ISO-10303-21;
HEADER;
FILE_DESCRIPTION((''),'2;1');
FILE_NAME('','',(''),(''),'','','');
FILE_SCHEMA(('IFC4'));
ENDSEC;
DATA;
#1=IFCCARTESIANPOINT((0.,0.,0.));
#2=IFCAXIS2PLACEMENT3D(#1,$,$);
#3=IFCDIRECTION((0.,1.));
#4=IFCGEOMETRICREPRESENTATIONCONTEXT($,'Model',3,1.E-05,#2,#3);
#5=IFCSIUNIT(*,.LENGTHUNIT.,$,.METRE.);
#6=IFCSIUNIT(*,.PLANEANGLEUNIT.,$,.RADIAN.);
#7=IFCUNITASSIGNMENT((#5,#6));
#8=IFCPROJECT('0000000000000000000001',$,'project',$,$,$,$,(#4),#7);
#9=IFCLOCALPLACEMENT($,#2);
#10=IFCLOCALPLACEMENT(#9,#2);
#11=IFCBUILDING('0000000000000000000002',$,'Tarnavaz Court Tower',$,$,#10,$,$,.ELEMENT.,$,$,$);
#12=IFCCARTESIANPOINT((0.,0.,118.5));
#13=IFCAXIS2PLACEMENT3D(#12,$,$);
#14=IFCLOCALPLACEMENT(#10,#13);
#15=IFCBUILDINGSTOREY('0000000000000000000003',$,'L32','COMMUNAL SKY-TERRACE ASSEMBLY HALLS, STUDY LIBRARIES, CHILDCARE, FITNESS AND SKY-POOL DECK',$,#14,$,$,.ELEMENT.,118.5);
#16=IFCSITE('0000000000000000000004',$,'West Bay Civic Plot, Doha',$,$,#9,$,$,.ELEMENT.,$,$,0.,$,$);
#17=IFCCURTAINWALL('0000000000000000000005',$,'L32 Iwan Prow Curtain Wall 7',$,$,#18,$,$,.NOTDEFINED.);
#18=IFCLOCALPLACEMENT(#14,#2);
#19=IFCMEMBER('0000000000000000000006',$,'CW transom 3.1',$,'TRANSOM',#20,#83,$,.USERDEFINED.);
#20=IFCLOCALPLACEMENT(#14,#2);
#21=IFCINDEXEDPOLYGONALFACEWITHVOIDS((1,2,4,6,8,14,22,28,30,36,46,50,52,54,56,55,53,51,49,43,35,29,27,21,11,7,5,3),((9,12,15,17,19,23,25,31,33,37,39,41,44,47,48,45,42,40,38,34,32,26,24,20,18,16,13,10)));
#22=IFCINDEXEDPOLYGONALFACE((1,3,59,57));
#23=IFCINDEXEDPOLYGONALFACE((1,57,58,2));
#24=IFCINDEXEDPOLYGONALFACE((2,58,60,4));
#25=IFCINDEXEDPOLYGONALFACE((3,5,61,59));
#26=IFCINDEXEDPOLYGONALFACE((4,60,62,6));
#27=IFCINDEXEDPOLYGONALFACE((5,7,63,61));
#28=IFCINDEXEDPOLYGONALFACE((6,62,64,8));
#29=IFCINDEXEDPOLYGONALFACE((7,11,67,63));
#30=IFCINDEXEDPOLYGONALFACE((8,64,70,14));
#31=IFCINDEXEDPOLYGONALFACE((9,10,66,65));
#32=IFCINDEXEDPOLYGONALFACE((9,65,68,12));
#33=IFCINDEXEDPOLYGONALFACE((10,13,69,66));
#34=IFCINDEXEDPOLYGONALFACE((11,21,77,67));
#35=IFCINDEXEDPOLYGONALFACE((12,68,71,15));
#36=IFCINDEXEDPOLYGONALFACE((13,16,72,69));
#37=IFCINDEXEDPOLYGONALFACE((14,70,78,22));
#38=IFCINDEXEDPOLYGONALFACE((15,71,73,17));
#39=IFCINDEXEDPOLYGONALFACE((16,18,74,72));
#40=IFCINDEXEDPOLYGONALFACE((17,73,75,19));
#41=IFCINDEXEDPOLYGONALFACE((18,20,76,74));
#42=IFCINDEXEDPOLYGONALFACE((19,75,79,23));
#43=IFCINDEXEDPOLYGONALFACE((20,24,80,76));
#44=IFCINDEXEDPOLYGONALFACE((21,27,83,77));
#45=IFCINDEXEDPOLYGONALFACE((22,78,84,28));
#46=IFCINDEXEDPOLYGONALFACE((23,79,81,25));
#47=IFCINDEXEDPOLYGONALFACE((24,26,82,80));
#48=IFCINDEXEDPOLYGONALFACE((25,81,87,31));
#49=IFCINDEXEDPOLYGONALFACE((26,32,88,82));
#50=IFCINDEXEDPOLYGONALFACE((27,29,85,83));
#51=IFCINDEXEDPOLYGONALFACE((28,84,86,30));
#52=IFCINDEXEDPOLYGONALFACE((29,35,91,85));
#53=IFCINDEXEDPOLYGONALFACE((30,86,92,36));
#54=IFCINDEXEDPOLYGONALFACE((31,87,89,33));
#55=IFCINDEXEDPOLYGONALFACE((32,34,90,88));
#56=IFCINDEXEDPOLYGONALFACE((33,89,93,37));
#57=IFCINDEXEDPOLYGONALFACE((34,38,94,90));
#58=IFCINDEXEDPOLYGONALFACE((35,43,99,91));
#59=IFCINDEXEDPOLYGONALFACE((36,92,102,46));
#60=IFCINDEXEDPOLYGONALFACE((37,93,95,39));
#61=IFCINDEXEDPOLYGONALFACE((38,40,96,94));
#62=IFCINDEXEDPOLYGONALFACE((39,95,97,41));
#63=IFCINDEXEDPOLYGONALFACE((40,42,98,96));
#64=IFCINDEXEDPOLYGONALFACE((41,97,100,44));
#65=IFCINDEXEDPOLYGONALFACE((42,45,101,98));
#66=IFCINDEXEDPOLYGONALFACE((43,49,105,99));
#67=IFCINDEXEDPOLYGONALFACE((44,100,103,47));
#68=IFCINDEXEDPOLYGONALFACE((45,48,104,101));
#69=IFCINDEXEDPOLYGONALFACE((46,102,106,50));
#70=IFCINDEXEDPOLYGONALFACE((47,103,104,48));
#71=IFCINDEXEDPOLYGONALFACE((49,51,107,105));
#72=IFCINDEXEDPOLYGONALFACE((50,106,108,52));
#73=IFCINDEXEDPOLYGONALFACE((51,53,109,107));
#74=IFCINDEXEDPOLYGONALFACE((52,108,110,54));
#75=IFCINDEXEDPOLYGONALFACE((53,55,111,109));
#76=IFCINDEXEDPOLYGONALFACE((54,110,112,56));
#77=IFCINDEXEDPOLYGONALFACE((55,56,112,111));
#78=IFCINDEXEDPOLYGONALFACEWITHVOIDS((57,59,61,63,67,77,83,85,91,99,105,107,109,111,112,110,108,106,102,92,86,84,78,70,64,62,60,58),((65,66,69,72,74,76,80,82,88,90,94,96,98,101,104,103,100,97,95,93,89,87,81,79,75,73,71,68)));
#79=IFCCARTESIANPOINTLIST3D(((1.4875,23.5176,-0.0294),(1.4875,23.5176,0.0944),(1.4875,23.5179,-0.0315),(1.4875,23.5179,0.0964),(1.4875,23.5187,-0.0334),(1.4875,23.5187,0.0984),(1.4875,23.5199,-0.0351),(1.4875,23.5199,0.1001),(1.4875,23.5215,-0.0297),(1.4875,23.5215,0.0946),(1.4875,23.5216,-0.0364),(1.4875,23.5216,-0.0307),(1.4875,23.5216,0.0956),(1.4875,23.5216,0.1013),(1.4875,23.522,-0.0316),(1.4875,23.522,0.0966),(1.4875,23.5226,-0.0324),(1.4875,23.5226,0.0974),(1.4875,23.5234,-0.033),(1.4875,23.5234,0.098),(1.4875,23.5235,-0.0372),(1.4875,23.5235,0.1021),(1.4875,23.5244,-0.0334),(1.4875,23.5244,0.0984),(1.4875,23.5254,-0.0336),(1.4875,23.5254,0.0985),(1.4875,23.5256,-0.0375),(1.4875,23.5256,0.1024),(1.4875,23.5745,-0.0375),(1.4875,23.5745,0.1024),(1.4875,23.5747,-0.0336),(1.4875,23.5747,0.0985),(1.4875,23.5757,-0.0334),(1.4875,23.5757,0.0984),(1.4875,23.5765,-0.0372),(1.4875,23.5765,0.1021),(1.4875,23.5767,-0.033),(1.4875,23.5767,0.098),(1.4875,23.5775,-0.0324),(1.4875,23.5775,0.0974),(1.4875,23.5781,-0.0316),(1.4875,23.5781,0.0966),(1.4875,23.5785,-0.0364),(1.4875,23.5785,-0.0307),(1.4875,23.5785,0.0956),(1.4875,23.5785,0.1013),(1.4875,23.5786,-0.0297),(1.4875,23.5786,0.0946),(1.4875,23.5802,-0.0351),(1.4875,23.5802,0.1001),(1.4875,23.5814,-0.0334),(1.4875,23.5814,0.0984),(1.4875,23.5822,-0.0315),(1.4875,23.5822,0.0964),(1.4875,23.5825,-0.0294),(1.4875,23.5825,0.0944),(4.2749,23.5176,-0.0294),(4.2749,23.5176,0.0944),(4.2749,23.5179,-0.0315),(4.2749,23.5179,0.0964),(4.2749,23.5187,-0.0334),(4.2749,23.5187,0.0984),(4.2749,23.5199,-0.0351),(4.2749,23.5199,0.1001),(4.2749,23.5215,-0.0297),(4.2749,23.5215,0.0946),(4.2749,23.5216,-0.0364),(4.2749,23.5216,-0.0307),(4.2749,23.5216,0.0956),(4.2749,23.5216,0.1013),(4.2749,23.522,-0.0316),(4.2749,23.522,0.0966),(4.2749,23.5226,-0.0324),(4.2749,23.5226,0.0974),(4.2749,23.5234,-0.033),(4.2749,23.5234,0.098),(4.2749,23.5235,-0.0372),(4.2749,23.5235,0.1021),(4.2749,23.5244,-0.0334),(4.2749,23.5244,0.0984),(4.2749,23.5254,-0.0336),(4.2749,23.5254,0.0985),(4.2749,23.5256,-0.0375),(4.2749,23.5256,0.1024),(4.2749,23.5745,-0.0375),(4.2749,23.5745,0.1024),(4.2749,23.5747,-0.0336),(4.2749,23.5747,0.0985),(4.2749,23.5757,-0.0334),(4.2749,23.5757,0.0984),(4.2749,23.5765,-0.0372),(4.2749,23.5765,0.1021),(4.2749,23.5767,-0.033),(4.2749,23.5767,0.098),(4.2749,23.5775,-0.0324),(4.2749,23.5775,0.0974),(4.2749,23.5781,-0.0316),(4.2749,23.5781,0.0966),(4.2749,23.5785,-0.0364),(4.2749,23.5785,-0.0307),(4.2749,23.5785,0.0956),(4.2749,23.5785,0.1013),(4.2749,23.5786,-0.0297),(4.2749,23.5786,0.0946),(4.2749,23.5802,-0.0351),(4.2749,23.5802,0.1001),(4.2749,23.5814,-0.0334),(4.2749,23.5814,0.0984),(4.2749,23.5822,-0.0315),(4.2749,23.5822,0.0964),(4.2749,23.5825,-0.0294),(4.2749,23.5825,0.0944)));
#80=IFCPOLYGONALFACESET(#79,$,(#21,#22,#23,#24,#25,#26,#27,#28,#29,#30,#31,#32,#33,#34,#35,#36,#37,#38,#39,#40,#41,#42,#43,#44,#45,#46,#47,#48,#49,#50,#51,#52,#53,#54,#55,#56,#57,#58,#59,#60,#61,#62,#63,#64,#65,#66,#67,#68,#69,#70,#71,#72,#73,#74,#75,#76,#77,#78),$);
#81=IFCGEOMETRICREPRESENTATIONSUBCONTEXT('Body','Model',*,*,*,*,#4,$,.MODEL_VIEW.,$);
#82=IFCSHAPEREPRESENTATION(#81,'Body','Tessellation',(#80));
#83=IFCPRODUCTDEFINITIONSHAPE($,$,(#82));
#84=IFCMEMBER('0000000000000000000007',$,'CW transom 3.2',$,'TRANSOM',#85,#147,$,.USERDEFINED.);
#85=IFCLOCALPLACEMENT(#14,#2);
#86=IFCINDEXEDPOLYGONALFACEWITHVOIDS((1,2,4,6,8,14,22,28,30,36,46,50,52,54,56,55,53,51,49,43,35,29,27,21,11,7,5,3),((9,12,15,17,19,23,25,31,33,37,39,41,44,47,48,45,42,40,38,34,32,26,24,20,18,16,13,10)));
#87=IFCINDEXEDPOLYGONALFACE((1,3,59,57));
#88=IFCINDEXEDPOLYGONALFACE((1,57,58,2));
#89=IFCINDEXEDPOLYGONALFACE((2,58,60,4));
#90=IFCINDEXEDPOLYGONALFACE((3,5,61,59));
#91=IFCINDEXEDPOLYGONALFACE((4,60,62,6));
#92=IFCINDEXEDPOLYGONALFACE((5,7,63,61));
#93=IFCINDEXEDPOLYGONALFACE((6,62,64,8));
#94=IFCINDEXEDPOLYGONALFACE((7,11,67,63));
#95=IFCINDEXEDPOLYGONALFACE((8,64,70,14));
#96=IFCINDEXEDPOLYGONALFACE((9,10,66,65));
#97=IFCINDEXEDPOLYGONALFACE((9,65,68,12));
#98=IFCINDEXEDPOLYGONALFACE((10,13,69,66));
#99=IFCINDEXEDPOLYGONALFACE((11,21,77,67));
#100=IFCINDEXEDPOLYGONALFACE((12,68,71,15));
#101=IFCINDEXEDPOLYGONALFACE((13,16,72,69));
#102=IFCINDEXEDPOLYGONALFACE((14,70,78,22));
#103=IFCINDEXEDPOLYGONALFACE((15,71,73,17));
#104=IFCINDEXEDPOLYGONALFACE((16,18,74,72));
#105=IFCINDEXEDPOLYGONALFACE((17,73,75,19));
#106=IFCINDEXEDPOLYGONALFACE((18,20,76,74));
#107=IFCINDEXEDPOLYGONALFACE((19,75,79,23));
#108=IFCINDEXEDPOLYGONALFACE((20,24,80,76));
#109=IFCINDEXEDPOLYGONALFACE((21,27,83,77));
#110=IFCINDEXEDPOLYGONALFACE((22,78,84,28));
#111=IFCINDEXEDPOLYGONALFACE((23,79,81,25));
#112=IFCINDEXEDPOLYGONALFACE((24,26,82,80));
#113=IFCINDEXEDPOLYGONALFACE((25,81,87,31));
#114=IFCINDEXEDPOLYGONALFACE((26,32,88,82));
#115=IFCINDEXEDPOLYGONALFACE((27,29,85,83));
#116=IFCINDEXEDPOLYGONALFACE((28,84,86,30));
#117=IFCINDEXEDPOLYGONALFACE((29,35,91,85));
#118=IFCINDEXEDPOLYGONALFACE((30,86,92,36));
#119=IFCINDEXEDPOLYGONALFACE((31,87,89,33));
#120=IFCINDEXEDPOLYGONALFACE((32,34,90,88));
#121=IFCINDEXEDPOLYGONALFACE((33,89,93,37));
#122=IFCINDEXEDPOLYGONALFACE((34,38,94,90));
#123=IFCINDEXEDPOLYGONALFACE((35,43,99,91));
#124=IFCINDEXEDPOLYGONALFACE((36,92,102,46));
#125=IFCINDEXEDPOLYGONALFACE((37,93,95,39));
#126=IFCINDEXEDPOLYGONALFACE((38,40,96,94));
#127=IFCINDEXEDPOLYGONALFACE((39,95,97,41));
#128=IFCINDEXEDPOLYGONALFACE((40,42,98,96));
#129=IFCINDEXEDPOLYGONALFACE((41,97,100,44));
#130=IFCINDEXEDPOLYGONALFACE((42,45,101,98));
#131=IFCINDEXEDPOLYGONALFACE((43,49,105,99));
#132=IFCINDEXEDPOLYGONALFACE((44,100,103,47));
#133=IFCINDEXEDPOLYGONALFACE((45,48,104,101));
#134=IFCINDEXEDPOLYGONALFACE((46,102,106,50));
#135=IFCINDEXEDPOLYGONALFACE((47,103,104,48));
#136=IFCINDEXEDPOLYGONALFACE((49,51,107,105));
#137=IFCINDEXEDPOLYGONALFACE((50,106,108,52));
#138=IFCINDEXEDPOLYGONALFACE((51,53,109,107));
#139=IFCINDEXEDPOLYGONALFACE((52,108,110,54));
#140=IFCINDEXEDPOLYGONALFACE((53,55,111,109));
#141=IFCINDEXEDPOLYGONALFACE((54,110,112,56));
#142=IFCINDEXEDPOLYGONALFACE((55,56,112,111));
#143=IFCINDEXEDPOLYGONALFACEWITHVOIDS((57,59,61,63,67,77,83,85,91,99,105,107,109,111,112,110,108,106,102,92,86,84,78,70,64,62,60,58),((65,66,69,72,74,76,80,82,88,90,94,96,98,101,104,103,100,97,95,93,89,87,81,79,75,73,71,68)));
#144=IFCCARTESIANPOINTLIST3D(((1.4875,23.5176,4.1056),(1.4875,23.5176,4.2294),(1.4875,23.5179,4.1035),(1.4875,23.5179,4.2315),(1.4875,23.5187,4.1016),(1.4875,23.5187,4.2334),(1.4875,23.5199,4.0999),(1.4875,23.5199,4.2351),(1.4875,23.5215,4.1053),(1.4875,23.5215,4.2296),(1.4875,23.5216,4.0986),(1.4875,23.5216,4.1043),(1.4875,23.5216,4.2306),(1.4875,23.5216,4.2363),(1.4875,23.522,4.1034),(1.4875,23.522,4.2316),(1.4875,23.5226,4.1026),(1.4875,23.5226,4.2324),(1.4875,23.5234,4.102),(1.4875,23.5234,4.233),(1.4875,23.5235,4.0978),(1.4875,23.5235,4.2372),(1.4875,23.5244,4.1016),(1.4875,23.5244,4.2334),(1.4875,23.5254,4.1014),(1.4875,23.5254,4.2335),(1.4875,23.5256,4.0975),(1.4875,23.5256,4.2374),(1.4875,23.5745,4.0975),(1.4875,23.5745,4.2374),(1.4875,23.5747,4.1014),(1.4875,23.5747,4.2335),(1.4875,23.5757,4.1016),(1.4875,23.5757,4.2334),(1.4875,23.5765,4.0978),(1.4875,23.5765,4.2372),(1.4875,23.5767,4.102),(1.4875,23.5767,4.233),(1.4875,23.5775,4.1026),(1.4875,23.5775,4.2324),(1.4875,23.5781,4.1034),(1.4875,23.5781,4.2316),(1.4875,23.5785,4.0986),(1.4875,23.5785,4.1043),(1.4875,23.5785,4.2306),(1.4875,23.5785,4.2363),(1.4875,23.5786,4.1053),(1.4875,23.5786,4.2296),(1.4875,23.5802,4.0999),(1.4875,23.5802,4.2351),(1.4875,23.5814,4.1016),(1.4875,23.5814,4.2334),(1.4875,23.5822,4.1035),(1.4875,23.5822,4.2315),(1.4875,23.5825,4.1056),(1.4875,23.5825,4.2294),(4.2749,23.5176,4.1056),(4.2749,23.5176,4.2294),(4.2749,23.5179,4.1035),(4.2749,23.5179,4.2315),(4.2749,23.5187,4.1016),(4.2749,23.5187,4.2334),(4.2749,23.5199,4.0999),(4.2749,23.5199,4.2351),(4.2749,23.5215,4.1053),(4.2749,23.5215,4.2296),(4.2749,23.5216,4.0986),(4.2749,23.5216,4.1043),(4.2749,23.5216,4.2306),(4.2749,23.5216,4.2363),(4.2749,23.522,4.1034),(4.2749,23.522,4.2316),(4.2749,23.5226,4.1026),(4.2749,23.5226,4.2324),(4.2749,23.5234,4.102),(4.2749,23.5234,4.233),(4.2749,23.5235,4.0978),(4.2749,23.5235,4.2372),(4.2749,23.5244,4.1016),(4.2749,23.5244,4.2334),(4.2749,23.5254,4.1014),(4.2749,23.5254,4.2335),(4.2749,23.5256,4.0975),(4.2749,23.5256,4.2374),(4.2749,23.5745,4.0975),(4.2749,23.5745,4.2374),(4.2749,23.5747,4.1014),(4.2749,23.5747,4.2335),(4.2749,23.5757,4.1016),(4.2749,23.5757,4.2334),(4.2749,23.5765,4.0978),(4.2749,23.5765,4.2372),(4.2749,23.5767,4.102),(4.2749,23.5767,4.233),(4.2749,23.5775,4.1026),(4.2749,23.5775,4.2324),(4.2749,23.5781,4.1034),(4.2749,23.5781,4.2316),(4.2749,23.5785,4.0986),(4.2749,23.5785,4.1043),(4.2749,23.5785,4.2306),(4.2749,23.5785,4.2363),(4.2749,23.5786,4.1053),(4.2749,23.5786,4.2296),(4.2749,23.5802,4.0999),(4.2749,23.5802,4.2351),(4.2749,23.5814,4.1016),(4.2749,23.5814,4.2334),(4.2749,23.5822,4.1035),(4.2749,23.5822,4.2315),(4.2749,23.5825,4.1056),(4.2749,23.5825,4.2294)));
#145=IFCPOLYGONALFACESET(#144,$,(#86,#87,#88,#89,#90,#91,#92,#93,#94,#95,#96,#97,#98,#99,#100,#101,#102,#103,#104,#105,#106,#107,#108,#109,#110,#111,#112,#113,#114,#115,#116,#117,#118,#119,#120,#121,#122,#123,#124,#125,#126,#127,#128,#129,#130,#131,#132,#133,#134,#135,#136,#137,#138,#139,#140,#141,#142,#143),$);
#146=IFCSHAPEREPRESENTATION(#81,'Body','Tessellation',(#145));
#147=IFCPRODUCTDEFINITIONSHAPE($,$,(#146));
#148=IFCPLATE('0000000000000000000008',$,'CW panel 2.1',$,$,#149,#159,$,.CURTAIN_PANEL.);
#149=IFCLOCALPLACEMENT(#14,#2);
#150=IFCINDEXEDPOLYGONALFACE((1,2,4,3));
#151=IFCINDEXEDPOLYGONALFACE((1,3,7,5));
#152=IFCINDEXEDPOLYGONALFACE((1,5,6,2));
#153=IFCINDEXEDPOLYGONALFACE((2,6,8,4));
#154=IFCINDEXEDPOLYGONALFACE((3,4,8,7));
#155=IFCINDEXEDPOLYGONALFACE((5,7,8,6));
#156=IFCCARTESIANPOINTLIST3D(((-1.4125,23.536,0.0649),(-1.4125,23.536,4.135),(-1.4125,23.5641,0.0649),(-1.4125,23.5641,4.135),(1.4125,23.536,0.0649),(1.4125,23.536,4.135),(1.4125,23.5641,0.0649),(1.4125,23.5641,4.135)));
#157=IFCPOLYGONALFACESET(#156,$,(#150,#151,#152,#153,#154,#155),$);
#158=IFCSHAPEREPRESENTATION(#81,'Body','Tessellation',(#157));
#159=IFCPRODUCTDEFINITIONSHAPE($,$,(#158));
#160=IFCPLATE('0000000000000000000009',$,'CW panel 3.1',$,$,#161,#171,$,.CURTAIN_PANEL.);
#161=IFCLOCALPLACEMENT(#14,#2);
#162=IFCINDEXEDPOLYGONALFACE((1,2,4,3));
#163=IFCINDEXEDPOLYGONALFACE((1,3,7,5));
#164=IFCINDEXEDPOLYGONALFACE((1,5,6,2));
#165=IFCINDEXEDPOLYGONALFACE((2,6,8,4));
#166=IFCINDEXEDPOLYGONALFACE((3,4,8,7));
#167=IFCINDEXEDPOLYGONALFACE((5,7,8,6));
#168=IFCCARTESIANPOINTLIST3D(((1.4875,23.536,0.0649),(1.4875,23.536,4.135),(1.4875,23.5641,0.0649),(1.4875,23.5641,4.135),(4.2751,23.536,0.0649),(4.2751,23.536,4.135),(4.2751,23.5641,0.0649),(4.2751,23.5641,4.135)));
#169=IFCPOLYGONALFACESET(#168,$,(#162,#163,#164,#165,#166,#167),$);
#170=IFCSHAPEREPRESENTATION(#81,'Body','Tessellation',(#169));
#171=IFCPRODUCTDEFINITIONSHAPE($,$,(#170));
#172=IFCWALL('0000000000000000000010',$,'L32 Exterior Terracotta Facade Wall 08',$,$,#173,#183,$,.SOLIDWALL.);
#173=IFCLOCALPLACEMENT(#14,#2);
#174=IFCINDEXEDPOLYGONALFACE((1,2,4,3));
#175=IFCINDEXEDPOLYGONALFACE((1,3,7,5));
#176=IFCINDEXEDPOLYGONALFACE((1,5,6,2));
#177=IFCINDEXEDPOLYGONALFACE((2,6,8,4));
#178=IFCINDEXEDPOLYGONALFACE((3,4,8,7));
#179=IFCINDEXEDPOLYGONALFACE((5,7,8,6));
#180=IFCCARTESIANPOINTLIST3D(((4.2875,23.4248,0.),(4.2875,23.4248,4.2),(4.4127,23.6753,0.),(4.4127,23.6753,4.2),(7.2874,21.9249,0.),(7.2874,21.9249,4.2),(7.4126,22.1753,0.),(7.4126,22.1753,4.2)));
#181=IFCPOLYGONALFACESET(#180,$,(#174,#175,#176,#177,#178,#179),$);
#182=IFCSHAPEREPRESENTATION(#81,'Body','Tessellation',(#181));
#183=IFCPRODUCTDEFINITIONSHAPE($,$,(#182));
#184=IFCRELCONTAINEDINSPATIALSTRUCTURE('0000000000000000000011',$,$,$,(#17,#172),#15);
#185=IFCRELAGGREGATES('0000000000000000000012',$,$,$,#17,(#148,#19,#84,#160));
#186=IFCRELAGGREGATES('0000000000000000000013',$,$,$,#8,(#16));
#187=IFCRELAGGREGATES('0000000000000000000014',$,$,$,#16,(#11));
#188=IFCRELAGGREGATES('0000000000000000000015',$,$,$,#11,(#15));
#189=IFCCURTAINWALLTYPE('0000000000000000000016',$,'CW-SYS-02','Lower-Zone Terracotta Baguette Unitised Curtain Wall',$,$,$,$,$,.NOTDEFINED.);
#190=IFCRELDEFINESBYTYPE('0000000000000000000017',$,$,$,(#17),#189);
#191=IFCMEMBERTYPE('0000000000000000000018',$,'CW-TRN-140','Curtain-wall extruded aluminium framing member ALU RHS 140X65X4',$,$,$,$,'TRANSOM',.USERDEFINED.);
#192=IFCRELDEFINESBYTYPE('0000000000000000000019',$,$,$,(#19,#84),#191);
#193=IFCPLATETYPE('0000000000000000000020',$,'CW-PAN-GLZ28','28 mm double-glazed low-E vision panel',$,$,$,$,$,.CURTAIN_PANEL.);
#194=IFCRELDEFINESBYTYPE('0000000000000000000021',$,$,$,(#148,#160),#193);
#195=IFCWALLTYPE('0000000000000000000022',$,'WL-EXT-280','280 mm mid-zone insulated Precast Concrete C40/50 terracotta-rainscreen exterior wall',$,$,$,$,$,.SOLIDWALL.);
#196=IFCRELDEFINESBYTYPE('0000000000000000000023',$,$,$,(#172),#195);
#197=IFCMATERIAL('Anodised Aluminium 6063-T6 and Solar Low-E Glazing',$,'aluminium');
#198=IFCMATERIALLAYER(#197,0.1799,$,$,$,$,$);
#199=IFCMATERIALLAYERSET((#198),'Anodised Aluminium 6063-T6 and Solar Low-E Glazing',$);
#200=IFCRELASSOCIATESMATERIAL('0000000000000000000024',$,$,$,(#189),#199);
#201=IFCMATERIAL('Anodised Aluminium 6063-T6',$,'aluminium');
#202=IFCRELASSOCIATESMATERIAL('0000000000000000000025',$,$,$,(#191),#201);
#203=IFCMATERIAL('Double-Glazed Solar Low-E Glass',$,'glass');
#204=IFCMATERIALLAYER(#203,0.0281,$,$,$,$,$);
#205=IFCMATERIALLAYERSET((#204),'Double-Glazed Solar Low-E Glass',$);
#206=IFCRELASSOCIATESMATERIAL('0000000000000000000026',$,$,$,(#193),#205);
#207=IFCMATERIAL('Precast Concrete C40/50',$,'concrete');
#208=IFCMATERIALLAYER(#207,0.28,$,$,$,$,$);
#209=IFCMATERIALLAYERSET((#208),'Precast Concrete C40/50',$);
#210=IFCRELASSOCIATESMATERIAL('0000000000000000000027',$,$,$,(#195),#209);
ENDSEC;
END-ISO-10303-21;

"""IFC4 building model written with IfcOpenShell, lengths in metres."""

from ifc_helpers import new_model, si_unit, direction, frame, frame_2d, origin, origin_2d, place, context, subcontext, project, spatial, rectangle, hollow_rectangle, extrude, material, layer, layer_set, material_profile, profile_set, type_object, element, aggregate, save


model = new_model("IFC4")

# Units and contexts
model_context = context("Model", 3, precision=1e-05, world=origin(), true_north=direction((0.0, 1.0)))
body_context = subcontext(model_context, "Body", "Model", "MODEL_VIEW")
ifc_project = project(units=[si_unit("LENGTHUNIT", "METRE"), si_unit("PLANEANGLEUNIT", "RADIAN")], contexts=[model_context])

# Site, building, storey
site_placement = place(None, origin())
site = spatial("IfcSite", under=ifc_project, at=site_placement, Name="West Bay Civic Plot, Doha", CompositionType="ELEMENT", RefElevation=0.0)
building_placement = place(site_placement, origin())
building = spatial("IfcBuilding", under=site, at=building_placement, Name="Tarnavaz Court Tower", CompositionType="ELEMENT")
storey_placement = place(building_placement, frame((0.0, 0.0, 118.5)))
storey = spatial("IfcBuildingStorey", under=building, at=storey_placement, Name="L32", Description="COMMUNAL SKY-TERRACE ASSEMBLY HALLS, STUDY LIBRARIES, CHILDCARE, FITNESS AND SKY-POOL DECK", CompositionType="ELEMENT", Elevation=118.5)

# Curtain wall, members, plates
ifc_material_1 = material(Name="Anodised Aluminium 6063-T6 and Solar Low-E Glazing", Category="aluminium")
ifc_layer_1 = layer(ifc_material_1, 0.1799)
ifc_layer_set_1 = layer_set([ifc_layer_1], Name="Anodised Aluminium 6063-T6 and Solar Low-E Glazing")
curtain_wall_type = type_object("IfcCurtainWallType", Name="CW-SYS-02", Description="Lower-Zone Terracotta Baguette Unitised Curtain Wall", PredefinedType="NOTDEFINED", material=ifc_layer_set_1)
curtain_wall_placement = place(storey_placement, origin())
curtain_wall = element("IfcCurtainWall", 1, at=curtain_wall_placement, inside=storey, type_object=curtain_wall_type, Name="L32 Iwan Prow Curtain Wall 7", PredefinedType="NOTDEFINED")
ifc_material_2 = material(Name="Anodised Aluminium 6063-T6", Category="aluminium")
ifc_material_profile_1 = material_profile(ifc_material_2, hollow_rectangle(XDim=0.0649, YDim=0.1399, WallThickness=0.0039, InnerFilletRadius=0.0039, OuterFilletRadius=0.0081, at=origin_2d()), Name="ALU RHS 140X65X4")
ifc_profile_set_1 = profile_set([ifc_material_profile_1], Name="Anodised Aluminium 6063-T6")
member_type_1 = type_object("IfcMemberType", Name="CW-TRN-140", Description="Curtain-wall extruded aluminium framing member ALU RHS 140X65X4", ElementType="TRANSOM", PredefinedType="USERDEFINED", material=ifc_profile_set_1)
member_1_placement = place(storey_placement, frame((1.4875, 23.55, 0.0325), z_axis=(1.0, 0.0, 0.0), x_axis=(0.0, 1.0, 0.0)))
member_1 = element("IfcMember", 2, at=member_1_placement, type_object=member_type_1, Name="CW transom 3.1", ObjectType="TRANSOM", PredefinedType="USERDEFINED", context=body_context, shape_type="SweptSolid", body=[
    extrude(hollow_rectangle(XDim=0.0649, YDim=0.1399, WallThickness=0.0039, InnerFilletRadius=0.0039, OuterFilletRadius=0.0081, at=origin_2d()), origin(), (0.0, 0.0, 1.0), 2.7874),
])
member_2_placement = place(storey_placement, frame((1.4875, 23.55, 4.1675), z_axis=(1.0, 0.0, 0.0), x_axis=(0.0, 1.0, 0.0)))
member_2 = element("IfcMember", 3, at=member_2_placement, type_object=member_type_1, Name="CW transom 3.2", ObjectType="TRANSOM", PredefinedType="USERDEFINED", context=body_context, shape_type="SweptSolid", body=[
    extrude(hollow_rectangle(XDim=0.0649, YDim=0.1399, WallThickness=0.0039, InnerFilletRadius=0.0039, OuterFilletRadius=0.0081, at=origin_2d()), origin(), (0.0, 0.0, 1.0), 2.7874),
])
ifc_material_3 = material(Name="Double-Glazed Solar Low-E Glass", Category="glass")
ifc_layer_2 = layer(ifc_material_3, 0.0281)
ifc_layer_set_2 = layer_set([ifc_layer_2], Name="Double-Glazed Solar Low-E Glass")
plate_type = type_object("IfcPlateType", Name="CW-PAN-GLZ28", Description="28 mm double-glazed low-E vision panel", PredefinedType="CURTAIN_PANEL", material=ifc_layer_set_2)
plate_1_placement = place(storey_placement, frame((0.0, 23.55, 0.0649), z_axis=(0.0, 0.0, 1.0), x_axis=(1.0, 0.0, 0.0)))
plate_1 = element("IfcPlate", 4, at=plate_1_placement, type_object=plate_type, Name="CW panel 2.1", PredefinedType="CURTAIN_PANEL", context=body_context, shape_type="SweptSolid", body=[
    extrude(rectangle(XDim=2.825, YDim=0.0281, at=origin_2d()), origin(), (0.0, 0.0, 1.0), 4.0701),
])
plate_2_placement = place(storey_placement, frame((2.8813, 23.55, 0.0649), z_axis=(0.0, 0.0, 1.0), x_axis=(1.0, 0.0, 0.0)))
plate_2 = element("IfcPlate", 5, at=plate_2_placement, type_object=plate_type, Name="CW panel 3.1", PredefinedType="CURTAIN_PANEL", context=body_context, shape_type="SweptSolid", body=[
    extrude(rectangle(XDim=2.7876, YDim=0.0281, at=origin_2d()), origin(), (0.0, 0.0, 1.0), 4.0701),
])
aggregate(curtain_wall, [plate_1, member_1, member_2, plate_2])

# Wall
ifc_material_4 = material(Name="Precast Concrete C40/50", Category="concrete")
ifc_layer_3 = layer(ifc_material_4, 0.28)
ifc_layer_set_3 = layer_set([ifc_layer_3], Name="Precast Concrete C40/50")
wall_type_1 = type_object("IfcWallType", Name="WL-EXT-280", Description="280 mm mid-zone insulated Precast Concrete C40/50 terracotta-rainscreen exterior wall", PredefinedType="SOLIDWALL", material=ifc_layer_set_3)
wall_1_placement = place(storey_placement, frame((4.3501, 23.55, 0.0), z_axis=(0.0, 0.0, 1.0), x_axis=(0.894427, -0.447214, 0.0)))
element("IfcWall", 6, at=wall_1_placement, inside=storey, type_object=wall_type_1, Name="L32 Exterior Terracotta Facade Wall 08", PredefinedType="SOLIDWALL", context=body_context, shape_type="SweptSolid", body=[
    extrude(rectangle(XDim=3.354, YDim=0.28, at=frame_2d((1.677, 0.0))), origin(), (0.0, 0.0, 1.0), 4.2),
])

save(model, "model.ifc")
